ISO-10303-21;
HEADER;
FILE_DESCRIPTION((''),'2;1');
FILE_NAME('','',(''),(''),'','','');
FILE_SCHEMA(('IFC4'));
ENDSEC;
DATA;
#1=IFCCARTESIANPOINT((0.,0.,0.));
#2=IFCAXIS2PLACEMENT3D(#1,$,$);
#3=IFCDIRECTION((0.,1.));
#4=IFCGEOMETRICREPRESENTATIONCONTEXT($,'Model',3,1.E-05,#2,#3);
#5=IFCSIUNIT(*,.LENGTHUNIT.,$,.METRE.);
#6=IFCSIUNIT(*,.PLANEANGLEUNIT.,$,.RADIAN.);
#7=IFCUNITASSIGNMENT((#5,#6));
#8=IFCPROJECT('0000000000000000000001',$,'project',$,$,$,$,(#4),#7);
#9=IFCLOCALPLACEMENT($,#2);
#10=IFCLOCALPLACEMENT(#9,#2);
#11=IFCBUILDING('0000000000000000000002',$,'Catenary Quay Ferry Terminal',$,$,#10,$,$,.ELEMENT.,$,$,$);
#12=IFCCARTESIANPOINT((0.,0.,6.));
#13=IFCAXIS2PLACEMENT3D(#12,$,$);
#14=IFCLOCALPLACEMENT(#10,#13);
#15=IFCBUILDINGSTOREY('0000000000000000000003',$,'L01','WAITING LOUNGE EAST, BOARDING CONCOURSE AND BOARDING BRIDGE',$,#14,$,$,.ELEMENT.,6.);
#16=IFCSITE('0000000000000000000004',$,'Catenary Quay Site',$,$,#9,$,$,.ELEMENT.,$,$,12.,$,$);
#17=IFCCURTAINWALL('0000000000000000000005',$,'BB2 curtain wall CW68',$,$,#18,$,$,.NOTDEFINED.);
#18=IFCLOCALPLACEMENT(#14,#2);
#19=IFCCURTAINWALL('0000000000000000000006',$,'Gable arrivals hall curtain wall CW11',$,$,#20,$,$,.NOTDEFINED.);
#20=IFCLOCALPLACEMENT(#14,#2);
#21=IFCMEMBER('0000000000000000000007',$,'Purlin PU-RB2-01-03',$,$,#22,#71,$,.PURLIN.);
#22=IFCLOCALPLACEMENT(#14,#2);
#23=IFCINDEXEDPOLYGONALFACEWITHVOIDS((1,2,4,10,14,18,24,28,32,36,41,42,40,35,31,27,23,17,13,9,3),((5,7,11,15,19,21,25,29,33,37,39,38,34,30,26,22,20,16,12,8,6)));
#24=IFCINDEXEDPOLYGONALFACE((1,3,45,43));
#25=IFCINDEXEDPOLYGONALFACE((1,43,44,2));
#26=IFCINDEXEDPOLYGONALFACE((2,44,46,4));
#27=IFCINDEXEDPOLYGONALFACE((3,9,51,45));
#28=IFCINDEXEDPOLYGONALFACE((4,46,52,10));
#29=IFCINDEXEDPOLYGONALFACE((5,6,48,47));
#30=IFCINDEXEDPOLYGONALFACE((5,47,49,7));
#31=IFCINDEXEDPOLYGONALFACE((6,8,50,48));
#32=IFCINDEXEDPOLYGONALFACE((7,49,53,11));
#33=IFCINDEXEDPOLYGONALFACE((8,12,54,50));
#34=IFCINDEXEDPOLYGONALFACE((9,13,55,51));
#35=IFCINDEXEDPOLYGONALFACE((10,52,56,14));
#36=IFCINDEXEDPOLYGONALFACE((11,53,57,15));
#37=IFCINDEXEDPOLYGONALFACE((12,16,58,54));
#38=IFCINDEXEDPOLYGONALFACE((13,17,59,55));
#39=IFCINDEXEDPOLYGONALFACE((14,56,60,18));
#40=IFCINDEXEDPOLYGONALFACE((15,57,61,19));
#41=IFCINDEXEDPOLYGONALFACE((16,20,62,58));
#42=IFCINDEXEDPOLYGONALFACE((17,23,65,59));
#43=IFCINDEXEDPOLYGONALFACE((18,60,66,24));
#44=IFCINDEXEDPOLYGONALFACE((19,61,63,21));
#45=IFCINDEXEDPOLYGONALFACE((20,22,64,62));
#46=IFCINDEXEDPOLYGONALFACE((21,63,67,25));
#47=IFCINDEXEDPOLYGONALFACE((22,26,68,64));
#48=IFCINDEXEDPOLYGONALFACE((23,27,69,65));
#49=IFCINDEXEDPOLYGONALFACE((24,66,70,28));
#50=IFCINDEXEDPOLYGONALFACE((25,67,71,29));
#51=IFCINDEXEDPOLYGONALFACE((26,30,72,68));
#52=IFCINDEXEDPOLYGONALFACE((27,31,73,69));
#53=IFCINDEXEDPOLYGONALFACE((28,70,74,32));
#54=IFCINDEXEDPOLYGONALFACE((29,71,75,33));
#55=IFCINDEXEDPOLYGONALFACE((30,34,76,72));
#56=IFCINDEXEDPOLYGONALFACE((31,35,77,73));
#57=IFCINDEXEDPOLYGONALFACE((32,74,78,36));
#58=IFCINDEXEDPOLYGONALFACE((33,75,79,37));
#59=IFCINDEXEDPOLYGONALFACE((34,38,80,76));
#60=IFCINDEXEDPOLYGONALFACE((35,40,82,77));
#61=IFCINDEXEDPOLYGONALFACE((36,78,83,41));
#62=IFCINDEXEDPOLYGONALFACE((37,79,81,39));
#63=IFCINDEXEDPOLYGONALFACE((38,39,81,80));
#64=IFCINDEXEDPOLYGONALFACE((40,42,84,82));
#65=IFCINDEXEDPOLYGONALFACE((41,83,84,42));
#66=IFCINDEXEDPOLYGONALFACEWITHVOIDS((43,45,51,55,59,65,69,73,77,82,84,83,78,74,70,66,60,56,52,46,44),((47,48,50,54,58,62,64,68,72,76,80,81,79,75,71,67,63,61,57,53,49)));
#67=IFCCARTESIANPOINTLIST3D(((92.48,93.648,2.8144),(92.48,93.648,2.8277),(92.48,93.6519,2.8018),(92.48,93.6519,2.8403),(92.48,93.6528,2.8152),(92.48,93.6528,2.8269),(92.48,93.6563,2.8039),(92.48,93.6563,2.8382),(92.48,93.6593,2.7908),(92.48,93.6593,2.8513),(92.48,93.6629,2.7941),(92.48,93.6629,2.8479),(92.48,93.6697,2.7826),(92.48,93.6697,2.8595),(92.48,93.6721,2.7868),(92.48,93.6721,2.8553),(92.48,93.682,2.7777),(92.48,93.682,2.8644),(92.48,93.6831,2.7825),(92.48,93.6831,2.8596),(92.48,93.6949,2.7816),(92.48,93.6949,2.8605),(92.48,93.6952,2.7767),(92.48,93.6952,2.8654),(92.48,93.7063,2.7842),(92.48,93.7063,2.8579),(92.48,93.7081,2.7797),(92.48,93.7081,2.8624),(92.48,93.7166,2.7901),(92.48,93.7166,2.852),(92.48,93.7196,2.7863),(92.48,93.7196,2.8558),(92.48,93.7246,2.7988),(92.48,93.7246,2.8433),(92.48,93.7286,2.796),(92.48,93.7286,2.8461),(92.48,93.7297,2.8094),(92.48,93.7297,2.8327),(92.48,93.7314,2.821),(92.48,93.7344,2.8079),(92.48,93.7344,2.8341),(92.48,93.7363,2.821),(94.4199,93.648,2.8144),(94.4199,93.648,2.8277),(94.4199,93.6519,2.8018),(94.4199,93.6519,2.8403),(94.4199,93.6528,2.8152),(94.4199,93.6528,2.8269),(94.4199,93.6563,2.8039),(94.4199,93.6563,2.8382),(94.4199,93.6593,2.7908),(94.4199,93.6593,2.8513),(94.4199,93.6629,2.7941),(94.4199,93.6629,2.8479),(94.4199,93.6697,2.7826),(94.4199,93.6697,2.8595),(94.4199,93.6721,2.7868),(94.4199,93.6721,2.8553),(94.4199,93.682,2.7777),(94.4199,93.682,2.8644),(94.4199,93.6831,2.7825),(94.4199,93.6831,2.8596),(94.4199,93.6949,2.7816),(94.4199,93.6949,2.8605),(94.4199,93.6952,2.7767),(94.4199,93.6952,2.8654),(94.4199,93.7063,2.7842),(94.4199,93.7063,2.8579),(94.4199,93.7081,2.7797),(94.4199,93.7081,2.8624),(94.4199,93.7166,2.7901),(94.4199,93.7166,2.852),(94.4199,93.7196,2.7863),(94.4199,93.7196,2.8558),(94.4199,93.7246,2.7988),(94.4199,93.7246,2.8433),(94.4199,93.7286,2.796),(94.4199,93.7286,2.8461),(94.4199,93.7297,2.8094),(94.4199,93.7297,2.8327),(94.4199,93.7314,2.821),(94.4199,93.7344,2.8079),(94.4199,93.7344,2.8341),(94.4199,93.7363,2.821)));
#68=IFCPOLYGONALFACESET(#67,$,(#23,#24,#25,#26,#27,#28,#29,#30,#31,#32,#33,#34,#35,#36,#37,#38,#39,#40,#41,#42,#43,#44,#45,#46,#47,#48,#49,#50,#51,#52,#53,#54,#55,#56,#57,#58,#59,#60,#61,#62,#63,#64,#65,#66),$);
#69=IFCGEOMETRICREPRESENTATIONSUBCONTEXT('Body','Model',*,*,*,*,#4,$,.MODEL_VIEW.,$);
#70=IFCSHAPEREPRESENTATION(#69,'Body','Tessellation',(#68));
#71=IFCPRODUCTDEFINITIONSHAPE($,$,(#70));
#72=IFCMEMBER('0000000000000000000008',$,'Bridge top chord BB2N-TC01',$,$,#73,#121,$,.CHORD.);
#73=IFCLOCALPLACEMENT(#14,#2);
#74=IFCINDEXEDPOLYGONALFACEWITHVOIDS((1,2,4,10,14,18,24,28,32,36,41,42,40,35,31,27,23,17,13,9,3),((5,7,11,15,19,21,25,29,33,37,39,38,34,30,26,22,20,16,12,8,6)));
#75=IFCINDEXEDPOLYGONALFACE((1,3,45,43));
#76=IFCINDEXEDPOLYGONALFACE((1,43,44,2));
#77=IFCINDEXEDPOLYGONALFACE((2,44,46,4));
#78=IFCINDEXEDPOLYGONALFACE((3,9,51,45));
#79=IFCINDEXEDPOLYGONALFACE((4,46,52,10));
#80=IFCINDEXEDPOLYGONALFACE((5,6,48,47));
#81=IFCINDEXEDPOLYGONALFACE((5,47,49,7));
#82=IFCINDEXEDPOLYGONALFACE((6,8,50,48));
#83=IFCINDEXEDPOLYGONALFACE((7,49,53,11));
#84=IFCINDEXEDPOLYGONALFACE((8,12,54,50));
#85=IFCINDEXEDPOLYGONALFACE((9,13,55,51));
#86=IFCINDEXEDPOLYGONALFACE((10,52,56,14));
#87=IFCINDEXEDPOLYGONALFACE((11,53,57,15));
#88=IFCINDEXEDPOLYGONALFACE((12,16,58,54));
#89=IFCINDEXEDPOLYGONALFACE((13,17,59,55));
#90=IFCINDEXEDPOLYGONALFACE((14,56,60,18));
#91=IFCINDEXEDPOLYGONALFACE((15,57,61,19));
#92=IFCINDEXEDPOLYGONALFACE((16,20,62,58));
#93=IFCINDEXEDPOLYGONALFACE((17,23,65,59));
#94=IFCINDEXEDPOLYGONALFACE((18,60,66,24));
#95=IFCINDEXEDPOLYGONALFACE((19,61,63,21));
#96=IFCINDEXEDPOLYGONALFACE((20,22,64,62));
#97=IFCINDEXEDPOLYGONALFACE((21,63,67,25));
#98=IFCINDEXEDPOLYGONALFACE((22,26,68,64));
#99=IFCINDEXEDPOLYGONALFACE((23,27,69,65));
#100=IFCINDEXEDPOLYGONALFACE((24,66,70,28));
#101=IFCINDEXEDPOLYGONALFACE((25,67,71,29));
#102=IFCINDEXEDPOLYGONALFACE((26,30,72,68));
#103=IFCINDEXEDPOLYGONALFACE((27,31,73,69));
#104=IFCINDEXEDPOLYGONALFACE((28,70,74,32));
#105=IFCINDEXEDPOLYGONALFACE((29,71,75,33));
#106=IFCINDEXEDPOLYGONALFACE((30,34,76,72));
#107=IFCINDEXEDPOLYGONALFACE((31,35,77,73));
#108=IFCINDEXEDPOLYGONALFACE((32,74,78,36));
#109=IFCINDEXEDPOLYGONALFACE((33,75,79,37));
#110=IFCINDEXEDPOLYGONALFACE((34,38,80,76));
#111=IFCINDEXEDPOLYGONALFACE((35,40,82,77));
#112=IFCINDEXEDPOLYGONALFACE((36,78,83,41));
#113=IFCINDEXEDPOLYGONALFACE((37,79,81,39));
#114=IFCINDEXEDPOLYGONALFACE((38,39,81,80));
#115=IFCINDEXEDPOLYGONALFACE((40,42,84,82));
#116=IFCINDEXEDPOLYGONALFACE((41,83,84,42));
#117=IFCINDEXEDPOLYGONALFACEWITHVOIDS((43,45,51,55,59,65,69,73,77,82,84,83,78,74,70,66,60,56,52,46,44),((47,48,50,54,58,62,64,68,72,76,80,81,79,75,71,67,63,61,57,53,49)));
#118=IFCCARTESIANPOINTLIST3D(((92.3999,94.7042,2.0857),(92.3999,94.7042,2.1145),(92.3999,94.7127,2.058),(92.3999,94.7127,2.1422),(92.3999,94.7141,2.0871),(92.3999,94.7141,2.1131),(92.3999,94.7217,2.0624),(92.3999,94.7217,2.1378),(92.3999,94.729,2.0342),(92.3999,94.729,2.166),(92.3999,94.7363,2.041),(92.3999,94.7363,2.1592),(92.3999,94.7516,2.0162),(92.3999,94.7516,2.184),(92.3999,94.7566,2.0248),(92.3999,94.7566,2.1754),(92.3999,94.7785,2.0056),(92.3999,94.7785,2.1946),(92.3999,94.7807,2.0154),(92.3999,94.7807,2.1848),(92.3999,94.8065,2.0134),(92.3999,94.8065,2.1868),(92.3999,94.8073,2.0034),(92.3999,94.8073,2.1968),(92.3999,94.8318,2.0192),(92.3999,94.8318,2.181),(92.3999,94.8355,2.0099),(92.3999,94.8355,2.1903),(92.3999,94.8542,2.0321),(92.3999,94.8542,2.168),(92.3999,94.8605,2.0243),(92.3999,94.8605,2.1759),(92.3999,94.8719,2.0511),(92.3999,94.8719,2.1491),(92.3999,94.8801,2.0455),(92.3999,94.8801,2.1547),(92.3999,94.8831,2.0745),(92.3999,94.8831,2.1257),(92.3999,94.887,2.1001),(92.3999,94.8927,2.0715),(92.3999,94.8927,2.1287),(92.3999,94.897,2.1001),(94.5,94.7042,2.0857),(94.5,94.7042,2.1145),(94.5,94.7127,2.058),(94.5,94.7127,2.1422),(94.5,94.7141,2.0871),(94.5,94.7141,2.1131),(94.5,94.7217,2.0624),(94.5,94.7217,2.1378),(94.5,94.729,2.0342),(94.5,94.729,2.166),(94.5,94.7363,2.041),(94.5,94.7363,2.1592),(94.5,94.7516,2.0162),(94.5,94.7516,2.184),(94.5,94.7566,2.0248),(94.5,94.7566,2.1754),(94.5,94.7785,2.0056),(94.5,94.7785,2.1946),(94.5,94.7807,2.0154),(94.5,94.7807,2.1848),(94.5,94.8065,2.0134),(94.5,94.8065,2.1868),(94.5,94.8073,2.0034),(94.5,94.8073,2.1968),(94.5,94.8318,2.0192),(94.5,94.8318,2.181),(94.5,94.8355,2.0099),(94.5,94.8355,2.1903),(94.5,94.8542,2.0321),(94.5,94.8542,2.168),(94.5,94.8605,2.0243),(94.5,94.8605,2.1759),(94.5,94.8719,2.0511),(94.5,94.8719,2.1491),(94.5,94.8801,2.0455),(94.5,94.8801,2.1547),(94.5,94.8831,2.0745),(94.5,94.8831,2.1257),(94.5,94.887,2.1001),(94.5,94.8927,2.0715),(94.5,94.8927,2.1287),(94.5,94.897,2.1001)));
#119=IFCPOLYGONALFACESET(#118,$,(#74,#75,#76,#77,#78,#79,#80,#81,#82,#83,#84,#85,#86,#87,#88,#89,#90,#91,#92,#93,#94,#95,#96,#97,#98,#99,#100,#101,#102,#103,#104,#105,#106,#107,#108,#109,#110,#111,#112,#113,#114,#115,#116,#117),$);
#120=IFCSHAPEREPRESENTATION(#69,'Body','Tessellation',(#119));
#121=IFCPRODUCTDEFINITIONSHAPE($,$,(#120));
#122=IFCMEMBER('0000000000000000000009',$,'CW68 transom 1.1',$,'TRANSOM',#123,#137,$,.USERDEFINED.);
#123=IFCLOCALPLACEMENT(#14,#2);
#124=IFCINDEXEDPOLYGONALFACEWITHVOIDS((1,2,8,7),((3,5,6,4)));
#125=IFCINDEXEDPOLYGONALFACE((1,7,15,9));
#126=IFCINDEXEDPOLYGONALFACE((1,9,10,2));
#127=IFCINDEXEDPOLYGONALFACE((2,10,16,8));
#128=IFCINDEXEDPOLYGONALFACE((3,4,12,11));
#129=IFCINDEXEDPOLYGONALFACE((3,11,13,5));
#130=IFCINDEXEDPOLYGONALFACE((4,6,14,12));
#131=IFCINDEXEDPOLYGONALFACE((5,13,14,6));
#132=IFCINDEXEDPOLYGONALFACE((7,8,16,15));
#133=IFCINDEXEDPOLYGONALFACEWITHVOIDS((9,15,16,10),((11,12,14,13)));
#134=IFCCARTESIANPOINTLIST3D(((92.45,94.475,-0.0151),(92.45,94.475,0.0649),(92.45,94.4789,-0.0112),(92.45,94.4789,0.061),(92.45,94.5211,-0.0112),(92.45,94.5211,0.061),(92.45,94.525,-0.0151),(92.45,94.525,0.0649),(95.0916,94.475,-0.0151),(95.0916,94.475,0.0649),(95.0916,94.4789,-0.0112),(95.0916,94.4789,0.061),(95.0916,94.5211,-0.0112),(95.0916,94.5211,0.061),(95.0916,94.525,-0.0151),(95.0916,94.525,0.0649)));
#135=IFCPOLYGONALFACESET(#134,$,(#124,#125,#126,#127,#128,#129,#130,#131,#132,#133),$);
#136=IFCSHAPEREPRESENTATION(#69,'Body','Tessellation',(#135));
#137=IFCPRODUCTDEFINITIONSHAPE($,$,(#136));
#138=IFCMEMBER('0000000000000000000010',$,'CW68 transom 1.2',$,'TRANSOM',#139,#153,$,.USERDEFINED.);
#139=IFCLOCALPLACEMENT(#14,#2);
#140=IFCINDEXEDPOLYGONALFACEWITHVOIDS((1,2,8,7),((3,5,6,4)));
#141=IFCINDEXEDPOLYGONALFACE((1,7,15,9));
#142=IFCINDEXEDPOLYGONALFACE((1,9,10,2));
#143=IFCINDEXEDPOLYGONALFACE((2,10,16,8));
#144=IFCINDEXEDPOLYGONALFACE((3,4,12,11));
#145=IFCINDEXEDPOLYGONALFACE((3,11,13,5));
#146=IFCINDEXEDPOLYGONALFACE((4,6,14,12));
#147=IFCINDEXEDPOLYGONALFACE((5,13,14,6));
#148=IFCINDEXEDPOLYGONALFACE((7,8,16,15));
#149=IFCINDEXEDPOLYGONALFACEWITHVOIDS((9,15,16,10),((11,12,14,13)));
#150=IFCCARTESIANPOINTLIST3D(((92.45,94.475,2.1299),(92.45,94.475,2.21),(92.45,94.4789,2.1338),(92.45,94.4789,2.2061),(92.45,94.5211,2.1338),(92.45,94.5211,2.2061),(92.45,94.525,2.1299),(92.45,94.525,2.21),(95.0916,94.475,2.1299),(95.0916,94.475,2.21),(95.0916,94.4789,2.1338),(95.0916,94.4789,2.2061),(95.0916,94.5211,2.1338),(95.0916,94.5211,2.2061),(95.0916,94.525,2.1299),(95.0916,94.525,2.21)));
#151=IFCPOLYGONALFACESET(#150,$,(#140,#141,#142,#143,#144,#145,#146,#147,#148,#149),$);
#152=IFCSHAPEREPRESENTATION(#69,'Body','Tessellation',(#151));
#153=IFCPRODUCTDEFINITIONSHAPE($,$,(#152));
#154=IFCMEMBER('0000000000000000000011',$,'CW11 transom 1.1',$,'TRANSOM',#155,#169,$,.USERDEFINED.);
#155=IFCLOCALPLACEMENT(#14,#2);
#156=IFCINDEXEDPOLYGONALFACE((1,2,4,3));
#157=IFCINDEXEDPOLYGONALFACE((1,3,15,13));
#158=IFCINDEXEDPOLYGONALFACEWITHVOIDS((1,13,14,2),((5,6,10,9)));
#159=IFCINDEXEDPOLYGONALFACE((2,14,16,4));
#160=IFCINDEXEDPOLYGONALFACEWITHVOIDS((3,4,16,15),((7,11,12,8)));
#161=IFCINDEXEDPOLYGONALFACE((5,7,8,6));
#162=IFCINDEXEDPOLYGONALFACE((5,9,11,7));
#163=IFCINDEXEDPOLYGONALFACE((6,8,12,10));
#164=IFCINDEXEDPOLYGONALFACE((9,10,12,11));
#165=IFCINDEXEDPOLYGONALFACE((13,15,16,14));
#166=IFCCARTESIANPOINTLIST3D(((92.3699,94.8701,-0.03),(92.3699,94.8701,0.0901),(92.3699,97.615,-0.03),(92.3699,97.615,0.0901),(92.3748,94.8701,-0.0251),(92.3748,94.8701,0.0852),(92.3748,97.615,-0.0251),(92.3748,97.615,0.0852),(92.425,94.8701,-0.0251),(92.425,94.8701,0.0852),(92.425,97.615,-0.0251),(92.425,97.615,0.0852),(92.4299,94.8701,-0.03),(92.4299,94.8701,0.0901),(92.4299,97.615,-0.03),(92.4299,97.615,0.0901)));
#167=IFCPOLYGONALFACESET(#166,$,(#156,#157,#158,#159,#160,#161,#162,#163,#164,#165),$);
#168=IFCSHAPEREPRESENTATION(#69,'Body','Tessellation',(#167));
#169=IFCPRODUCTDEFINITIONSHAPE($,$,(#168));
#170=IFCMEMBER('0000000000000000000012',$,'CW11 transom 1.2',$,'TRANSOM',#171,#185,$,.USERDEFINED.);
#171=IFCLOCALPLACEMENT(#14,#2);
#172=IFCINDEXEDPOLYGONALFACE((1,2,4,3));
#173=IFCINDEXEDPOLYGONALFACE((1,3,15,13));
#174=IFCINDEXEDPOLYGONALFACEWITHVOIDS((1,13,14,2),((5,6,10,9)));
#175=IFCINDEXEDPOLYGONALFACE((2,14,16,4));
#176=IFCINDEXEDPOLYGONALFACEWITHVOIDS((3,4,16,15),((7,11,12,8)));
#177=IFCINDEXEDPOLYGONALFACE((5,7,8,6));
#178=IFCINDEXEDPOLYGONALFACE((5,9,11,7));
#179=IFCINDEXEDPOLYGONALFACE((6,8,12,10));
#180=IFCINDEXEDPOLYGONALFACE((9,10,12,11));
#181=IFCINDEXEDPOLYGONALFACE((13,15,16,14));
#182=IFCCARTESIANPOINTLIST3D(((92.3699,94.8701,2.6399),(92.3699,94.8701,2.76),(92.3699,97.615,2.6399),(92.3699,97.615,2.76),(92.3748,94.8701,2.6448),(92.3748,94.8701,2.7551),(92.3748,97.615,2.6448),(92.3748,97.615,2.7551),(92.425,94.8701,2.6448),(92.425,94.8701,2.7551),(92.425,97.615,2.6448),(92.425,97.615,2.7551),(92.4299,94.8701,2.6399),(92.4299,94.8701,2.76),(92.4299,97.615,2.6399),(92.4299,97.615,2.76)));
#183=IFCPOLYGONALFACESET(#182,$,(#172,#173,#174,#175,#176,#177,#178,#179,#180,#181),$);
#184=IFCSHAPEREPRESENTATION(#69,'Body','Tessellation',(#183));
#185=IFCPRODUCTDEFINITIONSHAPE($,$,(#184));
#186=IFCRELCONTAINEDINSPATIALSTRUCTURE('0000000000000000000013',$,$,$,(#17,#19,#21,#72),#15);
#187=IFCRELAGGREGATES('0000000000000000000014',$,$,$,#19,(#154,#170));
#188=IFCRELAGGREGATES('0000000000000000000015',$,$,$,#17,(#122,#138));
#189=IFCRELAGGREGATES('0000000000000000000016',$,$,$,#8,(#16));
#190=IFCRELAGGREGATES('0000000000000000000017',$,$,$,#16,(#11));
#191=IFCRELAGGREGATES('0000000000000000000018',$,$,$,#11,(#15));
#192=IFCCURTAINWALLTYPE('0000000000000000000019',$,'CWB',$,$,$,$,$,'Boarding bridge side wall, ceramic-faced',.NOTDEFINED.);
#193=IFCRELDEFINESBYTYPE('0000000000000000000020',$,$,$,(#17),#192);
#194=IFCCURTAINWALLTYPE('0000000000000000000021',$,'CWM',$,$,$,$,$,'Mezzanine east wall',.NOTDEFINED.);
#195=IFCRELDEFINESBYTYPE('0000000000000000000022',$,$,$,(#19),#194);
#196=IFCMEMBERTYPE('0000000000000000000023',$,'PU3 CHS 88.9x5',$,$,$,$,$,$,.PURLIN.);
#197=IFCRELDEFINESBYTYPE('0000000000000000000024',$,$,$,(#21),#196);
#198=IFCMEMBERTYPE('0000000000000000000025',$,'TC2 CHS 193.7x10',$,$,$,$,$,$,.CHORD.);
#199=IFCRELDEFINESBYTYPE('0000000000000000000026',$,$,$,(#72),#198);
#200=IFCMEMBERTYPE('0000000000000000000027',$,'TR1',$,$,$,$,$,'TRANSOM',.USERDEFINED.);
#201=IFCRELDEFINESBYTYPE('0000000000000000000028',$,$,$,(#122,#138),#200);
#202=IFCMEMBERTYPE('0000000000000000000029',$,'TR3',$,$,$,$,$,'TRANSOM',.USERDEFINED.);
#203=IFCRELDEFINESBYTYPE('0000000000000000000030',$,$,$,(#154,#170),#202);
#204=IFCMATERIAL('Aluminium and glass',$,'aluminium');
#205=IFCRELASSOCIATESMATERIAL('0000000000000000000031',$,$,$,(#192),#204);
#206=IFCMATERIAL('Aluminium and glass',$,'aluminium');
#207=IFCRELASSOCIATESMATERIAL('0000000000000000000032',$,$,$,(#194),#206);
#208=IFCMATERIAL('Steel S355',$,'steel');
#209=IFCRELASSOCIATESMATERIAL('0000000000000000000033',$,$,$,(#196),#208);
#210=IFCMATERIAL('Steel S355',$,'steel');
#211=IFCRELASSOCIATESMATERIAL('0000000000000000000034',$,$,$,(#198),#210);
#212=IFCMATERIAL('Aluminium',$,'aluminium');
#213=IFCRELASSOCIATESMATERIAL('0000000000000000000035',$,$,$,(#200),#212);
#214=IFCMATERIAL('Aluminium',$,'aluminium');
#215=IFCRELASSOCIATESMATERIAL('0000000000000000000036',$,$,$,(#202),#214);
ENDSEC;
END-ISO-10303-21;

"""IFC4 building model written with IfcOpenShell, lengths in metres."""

from ifc_helpers import new_model, si_unit, direction, frame, origin, origin_2d, place, context, subcontext, project, spatial, hollow_rectangle, hollow_circle, extrude, material, material_profile, profile_set, type_object, element, aggregate, save


model = new_model("IFC4")

# Units and contexts
model_context = context("Model", 3, precision=1e-05, world=origin(), true_north=direction((0.0, 1.0)))
body_context = subcontext(model_context, "Body", "Model", "MODEL_VIEW")
ifc_project = project(units=[si_unit("LENGTHUNIT", "METRE"), si_unit("PLANEANGLEUNIT", "RADIAN")], contexts=[model_context])

# Site, building, storey
site_placement = place(None, origin())
site = spatial("IfcSite", under=ifc_project, at=site_placement, Name="Catenary Quay Site", CompositionType="ELEMENT", RefElevation=12.0)
building_placement = place(site_placement, origin())
building = spatial("IfcBuilding", under=site, at=building_placement, Name="Catenary Quay Ferry Terminal", CompositionType="ELEMENT")
storey_placement = place(building_placement, frame((0.0, 0.0, 6.0)))
storey = spatial("IfcBuildingStorey", under=building, at=storey_placement, Name="L01", Description="WAITING LOUNGE EAST, BOARDING CONCOURSE AND BOARDING BRIDGE", CompositionType="ELEMENT", Elevation=6.0)

# Curtain wall
ifc_material_1 = material(Name="Aluminium and glass", Category="aluminium")
curtain_wall_type_1 = type_object("IfcCurtainWallType", Name="CWB", ElementType="Boarding bridge side wall, ceramic-faced", PredefinedType="NOTDEFINED", material=ifc_material_1)
curtain_wall_1_placement = place(storey_placement, origin())
curtain_wall_1 = element("IfcCurtainWall", 1, at=curtain_wall_1_placement, inside=storey, type_object=curtain_wall_type_1, Name="BB2 curtain wall CW68", PredefinedType="NOTDEFINED")

# Curtain wall
ifc_material_2 = material(Name="Aluminium and glass", Category="aluminium")
curtain_wall_type_2 = type_object("IfcCurtainWallType", Name="CWM", ElementType="Mezzanine east wall", PredefinedType="NOTDEFINED", material=ifc_material_2)
curtain_wall_2_placement = place(storey_placement, origin())
curtain_wall_2 = element("IfcCurtainWall", 2, at=curtain_wall_2_placement, inside=storey, type_object=curtain_wall_type_2, Name="Gable arrivals hall curtain wall CW11", PredefinedType="NOTDEFINED")

# Members
ifc_material_3 = material(Name="Steel S355", Category="steel")
ifc_material_profile_1 = material_profile(ifc_material_3, hollow_circle(Radius=0.0444, WallThickness=0.0049, at=origin_2d()), Name="CHS 88.9x5")
ifc_profile_set_1 = profile_set([ifc_material_profile_1], Name="Steel S355")
member_type_1 = type_object("IfcMemberType", Name="PU3 CHS 88.9x5", PredefinedType="PURLIN", material=ifc_profile_set_1)
for number, where, z_axis, x_axis, name in (
    (3, (92.48, 93.6919, 2.821), (1.0, 0.0, 0.0), (0.0, 1.0, 0.0), "Purlin PU-RB2-01-03"),
):
    element("IfcMember", number, at=place(storey_placement, frame(where, z_axis=z_axis, x_axis=x_axis)), inside=storey, type_object=member_type_1, Name=name, PredefinedType="PURLIN", context=body_context, shape_type="SweptSolid", body=[
        extrude(hollow_circle(Radius=0.0444, WallThickness=0.0049, at=origin_2d()), origin(), (0.0, 0.0, 1.0), 1.9399),
    ])
ifc_material_4 = material(Name="Steel S355", Category="steel")
ifc_material_profile_2 = material_profile(ifc_material_4, hollow_circle(Radius=0.0969, WallThickness=0.01, at=origin_2d()), Name="CHS 193.7x10")
ifc_profile_set_2 = profile_set([ifc_material_profile_2], Name="Steel S355")
member_type_2 = type_object("IfcMemberType", Name="TC2 CHS 193.7x10", PredefinedType="CHORD", material=ifc_profile_set_2)
member_1_placement = place(storey_placement, frame((92.3999, 94.8, 2.1001), z_axis=(1.0, 0.0, 0.0), x_axis=(0.0, 1.0, 0.0)))
element("IfcMember", 4, at=member_1_placement, inside=storey, type_object=member_type_2, Name="Bridge top chord BB2N-TC01", PredefinedType="CHORD", context=body_context, shape_type="SweptSolid", body=[
    extrude(hollow_circle(Radius=0.0969, WallThickness=0.01, at=origin_2d()), origin(), (0.0, 0.0, 1.0), 2.1001),
])

# Members
ifc_material_5 = material(Name="Aluminium", Category="aluminium")
ifc_material_profile_3 = material_profile(ifc_material_5, hollow_rectangle(XDim=0.05, YDim=0.0801, WallThickness=0.0039, at=origin_2d()), Name="TR1")
ifc_profile_set_3 = profile_set([ifc_material_profile_3], Name="Aluminium")
member_type_3 = type_object("IfcMemberType", Name="TR1", ElementType="TRANSOM", PredefinedType="USERDEFINED", material=ifc_profile_set_3)
member_2_placement = place(storey_placement, frame((92.45, 94.5, 0.0249), z_axis=(1.0, 0.0, 0.0), x_axis=(0.0, 1.0, 0.0)))
member_2 = element("IfcMember", 5, at=member_2_placement, type_object=member_type_3, Name="CW68 transom 1.1", ObjectType="TRANSOM", PredefinedType="USERDEFINED", context=body_context, shape_type="SweptSolid", body=[
    extrude(hollow_rectangle(XDim=0.05, YDim=0.0801, WallThickness=0.0039, at=origin_2d()), origin(), (0.0, 0.0, 1.0), 2.6416),
])
member_3_placement = place(storey_placement, frame((92.45, 94.5, 2.1699), z_axis=(1.0, 0.0, 0.0), x_axis=(0.0, 1.0, 0.0)))
member_3 = element("IfcMember", 6, at=member_3_placement, type_object=member_type_3, Name="CW68 transom 1.2", ObjectType="TRANSOM", PredefinedType="USERDEFINED", context=body_context, shape_type="SweptSolid", body=[
    extrude(hollow_rectangle(XDim=0.05, YDim=0.0801, WallThickness=0.0039, at=origin_2d()), origin(), (0.0, 0.0, 1.0), 2.6416),
])
ifc_material_6 = material(Name="Aluminium", Category="aluminium")
ifc_material_profile_4 = material_profile(ifc_material_6, hollow_rectangle(XDim=0.0601, YDim=0.1201, WallThickness=0.0049, at=origin_2d()), Name="TR3")
ifc_profile_set_4 = profile_set([ifc_material_profile_4], Name="Aluminium")
member_type_4 = type_object("IfcMemberType", Name="TR3", ElementType="TRANSOM", PredefinedType="USERDEFINED", material=ifc_profile_set_4)
member_4_placement = place(storey_placement, frame((92.3999, 94.8701, 0.03), z_axis=(0.0, 1.0, 0.0), x_axis=(-1.0, 0.0, 0.0)))
member_4 = element("IfcMember", 7, at=member_4_placement, type_object=member_type_4, Name="CW11 transom 1.1", ObjectType="TRANSOM", PredefinedType="USERDEFINED", context=body_context, shape_type="SweptSolid", body=[
    extrude(hollow_rectangle(XDim=0.0601, YDim=0.1201, WallThickness=0.0049, at=origin_2d()), origin(), (0.0, 0.0, 1.0), 2.7449),
])
member_5_placement = place(storey_placement, frame((92.3999, 94.8701, 2.7), z_axis=(0.0, 1.0, 0.0), x_axis=(-1.0, 0.0, 0.0)))
member_5 = element("IfcMember", 8, at=member_5_placement, type_object=member_type_4, Name="CW11 transom 1.2", ObjectType="TRANSOM", PredefinedType="USERDEFINED", context=body_context, shape_type="SweptSolid", body=[
    extrude(hollow_rectangle(XDim=0.0601, YDim=0.1201, WallThickness=0.0049, at=origin_2d()), origin(), (0.0, 0.0, 1.0), 2.7449),
])

aggregate(curtain_wall_2, [member_4, member_5])
aggregate(curtain_wall_1, [member_2, member_3])

save(model, "model.ifc")
